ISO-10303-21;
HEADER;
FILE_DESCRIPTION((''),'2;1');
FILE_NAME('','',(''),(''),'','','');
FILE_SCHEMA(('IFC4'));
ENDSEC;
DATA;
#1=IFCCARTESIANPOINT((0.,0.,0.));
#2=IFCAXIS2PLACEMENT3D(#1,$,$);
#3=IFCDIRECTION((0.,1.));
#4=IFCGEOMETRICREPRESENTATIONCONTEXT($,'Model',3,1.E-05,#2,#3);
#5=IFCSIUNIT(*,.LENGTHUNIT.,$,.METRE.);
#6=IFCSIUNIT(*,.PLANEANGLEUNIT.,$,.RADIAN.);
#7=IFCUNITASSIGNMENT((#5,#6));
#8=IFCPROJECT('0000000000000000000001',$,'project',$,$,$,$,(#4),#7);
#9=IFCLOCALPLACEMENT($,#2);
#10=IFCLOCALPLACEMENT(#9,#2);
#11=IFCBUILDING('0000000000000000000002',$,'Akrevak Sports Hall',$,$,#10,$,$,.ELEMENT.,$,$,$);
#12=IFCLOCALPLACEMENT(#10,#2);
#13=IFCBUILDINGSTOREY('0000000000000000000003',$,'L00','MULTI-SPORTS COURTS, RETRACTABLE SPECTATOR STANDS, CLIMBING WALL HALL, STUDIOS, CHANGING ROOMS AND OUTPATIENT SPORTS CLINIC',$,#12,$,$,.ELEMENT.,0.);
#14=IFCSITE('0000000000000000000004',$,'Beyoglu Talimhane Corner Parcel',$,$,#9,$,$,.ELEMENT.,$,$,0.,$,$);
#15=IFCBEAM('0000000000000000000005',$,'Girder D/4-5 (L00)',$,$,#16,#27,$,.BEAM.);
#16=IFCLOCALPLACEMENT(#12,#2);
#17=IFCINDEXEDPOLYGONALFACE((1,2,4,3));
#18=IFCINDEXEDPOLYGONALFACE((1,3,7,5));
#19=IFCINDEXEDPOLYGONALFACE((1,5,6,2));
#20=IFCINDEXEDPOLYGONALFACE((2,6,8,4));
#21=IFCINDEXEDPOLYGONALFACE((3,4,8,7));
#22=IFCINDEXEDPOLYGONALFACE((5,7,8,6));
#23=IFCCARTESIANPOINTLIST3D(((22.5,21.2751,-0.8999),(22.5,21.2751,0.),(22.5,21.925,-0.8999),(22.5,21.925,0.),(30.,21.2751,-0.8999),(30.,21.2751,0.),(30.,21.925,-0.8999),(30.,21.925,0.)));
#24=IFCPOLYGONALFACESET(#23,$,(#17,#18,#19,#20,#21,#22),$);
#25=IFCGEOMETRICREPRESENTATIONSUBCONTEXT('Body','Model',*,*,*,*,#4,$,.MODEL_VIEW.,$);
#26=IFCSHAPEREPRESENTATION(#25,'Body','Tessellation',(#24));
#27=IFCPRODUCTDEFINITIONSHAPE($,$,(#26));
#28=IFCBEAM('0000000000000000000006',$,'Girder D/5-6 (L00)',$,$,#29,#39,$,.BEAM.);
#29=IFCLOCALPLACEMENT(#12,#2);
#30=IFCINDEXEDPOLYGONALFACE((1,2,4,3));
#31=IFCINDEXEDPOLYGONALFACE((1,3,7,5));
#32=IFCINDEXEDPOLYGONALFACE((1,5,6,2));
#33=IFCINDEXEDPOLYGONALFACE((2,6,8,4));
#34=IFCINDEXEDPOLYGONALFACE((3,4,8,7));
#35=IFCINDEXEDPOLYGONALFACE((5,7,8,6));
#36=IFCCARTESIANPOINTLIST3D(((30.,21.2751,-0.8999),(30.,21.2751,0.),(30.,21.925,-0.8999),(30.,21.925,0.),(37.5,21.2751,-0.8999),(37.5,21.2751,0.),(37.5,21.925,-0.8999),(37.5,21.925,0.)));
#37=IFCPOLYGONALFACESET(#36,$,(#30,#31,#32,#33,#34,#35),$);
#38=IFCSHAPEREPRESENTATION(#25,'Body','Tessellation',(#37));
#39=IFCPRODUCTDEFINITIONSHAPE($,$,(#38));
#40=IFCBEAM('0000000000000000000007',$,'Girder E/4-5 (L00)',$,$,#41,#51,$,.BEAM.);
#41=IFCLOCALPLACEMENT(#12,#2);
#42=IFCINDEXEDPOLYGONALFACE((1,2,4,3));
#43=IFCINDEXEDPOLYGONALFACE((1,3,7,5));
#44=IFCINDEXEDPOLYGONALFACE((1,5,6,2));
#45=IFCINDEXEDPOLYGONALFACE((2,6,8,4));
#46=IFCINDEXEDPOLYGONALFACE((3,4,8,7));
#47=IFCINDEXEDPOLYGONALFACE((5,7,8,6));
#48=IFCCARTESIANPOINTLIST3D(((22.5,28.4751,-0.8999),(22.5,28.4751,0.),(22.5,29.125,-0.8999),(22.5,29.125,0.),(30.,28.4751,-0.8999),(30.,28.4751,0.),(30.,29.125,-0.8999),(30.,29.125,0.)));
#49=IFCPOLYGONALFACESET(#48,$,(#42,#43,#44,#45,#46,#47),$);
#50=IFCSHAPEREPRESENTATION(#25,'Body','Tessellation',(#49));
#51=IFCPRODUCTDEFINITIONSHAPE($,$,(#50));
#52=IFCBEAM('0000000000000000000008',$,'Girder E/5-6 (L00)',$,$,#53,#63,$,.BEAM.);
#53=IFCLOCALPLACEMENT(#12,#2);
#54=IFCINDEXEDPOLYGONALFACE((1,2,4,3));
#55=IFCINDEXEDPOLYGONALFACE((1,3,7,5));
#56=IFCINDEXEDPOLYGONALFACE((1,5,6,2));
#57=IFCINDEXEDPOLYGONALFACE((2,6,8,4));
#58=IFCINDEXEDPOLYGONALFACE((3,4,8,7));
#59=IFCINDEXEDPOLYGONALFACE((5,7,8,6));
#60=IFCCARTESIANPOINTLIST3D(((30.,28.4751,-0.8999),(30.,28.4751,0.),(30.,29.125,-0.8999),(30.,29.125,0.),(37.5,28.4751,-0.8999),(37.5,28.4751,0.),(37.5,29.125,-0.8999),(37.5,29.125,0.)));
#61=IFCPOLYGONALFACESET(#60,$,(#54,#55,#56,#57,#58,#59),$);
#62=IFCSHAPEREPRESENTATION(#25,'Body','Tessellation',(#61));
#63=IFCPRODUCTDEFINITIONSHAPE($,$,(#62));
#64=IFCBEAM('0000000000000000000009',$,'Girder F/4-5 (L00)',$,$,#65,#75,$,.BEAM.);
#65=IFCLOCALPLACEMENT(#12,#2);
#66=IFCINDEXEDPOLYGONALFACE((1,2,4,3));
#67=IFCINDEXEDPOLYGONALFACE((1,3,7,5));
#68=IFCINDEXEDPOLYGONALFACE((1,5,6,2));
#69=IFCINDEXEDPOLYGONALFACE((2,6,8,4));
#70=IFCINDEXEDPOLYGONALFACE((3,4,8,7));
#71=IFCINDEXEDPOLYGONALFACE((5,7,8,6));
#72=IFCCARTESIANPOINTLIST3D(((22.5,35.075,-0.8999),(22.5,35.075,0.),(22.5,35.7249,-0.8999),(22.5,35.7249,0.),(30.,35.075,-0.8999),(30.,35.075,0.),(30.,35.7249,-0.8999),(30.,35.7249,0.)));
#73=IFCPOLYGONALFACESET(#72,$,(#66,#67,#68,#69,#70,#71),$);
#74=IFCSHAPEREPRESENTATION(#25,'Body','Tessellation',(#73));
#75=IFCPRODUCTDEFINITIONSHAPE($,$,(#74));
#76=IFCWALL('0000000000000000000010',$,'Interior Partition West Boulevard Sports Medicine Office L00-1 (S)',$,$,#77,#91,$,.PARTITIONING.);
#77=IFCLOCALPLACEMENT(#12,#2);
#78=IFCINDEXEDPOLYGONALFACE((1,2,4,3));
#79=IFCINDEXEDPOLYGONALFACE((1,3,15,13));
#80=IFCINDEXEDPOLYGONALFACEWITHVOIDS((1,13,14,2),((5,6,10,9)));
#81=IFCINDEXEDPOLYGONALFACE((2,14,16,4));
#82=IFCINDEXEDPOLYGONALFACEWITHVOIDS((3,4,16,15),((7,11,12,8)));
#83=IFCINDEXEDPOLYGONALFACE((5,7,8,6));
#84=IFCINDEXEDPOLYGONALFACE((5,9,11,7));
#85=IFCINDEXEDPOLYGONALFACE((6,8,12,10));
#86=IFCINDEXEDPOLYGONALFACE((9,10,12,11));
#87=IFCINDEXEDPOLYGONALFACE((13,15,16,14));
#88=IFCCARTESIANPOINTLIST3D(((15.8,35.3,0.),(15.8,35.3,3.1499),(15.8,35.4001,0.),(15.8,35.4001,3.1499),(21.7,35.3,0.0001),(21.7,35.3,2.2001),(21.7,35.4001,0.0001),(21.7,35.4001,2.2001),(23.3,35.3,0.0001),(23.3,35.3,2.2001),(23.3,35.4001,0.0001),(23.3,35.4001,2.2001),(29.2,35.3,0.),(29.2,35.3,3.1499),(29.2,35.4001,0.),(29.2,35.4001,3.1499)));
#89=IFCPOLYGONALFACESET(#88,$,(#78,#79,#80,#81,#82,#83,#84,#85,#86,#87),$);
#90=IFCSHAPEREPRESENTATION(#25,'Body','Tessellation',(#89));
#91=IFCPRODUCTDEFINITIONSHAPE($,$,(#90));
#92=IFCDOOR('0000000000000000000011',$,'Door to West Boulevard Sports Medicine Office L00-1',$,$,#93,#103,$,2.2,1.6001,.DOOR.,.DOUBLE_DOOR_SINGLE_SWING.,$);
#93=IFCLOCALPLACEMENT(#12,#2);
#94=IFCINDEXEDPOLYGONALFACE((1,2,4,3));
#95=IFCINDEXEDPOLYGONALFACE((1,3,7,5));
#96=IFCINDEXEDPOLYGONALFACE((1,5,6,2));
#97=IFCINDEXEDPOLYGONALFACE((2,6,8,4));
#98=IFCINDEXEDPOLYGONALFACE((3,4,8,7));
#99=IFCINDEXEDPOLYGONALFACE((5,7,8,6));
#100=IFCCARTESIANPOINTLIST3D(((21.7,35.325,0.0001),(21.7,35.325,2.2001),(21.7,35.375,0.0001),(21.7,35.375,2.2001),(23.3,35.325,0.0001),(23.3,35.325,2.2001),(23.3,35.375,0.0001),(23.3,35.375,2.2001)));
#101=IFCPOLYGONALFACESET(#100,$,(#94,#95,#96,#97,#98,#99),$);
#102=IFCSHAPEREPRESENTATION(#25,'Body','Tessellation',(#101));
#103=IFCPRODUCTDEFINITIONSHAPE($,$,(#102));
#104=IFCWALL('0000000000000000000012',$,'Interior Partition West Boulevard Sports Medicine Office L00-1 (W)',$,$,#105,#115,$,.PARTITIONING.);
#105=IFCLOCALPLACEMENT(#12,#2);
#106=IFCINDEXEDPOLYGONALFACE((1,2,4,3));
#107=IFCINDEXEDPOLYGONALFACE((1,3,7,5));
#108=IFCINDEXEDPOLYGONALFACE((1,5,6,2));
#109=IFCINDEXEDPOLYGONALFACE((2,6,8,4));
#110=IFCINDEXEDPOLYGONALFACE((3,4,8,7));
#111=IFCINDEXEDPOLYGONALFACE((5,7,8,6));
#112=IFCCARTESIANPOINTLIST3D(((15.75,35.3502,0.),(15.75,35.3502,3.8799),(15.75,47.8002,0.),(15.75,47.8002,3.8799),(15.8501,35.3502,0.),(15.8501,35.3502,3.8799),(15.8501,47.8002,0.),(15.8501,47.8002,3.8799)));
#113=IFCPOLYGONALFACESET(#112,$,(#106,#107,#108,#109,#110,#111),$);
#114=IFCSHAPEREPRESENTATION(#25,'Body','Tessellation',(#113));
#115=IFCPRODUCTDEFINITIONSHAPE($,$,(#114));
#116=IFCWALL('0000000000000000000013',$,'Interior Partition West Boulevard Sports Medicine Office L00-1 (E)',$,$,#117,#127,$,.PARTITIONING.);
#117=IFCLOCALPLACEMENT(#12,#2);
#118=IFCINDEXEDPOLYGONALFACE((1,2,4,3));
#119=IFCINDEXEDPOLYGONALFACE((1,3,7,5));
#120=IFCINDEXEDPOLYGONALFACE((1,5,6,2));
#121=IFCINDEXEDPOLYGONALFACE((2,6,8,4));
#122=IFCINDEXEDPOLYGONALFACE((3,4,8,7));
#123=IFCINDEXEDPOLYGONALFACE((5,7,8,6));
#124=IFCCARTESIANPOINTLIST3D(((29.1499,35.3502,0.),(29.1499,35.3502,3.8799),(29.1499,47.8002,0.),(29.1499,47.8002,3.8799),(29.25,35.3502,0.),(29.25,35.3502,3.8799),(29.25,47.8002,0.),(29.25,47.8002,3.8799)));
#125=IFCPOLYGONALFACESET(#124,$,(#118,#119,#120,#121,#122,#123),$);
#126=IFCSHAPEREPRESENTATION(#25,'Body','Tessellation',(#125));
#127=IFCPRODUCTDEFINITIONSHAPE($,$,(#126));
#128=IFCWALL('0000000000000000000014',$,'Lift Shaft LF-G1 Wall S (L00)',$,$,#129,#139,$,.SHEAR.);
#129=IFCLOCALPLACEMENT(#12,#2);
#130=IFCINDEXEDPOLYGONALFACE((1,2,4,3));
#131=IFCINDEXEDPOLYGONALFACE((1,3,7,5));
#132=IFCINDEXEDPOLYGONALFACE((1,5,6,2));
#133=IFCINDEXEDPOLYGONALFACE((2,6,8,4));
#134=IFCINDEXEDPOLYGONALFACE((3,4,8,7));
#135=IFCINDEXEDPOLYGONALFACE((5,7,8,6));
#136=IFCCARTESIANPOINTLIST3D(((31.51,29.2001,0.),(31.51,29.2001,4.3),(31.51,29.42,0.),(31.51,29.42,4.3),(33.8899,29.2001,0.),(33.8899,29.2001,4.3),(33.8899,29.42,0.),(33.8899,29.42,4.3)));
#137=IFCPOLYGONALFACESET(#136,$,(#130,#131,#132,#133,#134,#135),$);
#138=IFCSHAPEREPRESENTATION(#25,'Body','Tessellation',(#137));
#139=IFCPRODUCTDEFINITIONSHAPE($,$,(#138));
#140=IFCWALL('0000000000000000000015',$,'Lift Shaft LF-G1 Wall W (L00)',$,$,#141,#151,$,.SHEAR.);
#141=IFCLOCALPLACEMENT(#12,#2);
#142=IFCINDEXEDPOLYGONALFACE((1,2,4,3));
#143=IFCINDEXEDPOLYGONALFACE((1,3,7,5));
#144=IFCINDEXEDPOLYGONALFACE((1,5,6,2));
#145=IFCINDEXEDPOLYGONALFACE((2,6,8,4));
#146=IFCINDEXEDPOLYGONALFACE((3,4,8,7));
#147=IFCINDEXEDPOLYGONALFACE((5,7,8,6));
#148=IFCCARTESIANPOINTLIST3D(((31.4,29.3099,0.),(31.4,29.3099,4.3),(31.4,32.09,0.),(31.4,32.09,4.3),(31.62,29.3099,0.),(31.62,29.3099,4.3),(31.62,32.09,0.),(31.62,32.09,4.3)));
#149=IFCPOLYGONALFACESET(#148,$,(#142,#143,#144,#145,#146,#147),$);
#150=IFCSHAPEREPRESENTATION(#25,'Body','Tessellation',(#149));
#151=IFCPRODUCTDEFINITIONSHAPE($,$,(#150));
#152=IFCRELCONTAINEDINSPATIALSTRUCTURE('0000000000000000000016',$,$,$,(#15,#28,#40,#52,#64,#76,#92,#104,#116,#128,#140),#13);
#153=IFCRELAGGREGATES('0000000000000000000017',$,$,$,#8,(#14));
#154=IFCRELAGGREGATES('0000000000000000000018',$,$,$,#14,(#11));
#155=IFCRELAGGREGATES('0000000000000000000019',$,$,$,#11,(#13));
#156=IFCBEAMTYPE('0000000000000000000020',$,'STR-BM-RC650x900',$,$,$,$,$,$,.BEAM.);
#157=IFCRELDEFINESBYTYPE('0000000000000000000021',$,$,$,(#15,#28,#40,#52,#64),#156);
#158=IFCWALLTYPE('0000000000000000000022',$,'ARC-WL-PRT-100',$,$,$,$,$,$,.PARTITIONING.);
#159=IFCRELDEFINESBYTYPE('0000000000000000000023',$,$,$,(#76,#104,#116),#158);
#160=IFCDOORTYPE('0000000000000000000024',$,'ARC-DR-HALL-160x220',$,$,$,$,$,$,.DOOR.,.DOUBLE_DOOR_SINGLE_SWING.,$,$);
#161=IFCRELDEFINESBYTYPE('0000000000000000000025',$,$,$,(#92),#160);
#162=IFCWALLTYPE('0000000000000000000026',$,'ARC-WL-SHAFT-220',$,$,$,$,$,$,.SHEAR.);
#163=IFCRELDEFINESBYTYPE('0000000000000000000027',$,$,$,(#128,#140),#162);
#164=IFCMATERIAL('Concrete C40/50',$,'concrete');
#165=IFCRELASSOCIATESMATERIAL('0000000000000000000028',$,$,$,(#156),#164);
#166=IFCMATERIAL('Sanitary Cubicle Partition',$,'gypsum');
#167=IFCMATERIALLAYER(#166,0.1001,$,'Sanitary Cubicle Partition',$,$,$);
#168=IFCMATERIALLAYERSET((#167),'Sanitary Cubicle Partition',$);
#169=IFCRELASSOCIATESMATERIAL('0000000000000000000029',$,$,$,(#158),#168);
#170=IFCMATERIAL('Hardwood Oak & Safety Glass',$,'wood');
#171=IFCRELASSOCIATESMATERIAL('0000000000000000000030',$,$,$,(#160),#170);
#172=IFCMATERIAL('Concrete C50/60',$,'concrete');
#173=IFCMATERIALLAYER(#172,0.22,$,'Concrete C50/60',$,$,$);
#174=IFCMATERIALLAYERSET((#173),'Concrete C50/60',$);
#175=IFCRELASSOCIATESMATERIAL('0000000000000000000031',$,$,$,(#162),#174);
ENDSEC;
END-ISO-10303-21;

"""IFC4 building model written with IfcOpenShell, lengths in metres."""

from ifc_helpers import new_model, si_unit, direction, frame, frame_2d, origin, origin_2d, place, context, subcontext, project, spatial, rectangle, extrude, material, layer, layer_set, material_profile, profile_set, type_object, element, fill, save


model = new_model("IFC4")

# Units and contexts
model_context = context("Model", 3, precision=1e-05, world=origin(), true_north=direction((0.0, 1.0)))
body_context = subcontext(model_context, "Body", "Model", "MODEL_VIEW")
ifc_project = project(units=[si_unit("LENGTHUNIT", "METRE"), si_unit("PLANEANGLEUNIT", "RADIAN")], contexts=[model_context])

# Site, building, storey
site_placement = place(None, origin())
site = spatial("IfcSite", under=ifc_project, at=site_placement, Name="Beyoglu Talimhane Corner Parcel", CompositionType="ELEMENT", RefElevation=0.0)
building_placement = place(site_placement, origin())
building = spatial("IfcBuilding", under=site, at=building_placement, Name="Akrevak Sports Hall", CompositionType="ELEMENT")
storey_placement = place(building_placement, origin())
storey = spatial("IfcBuildingStorey", under=building, at=storey_placement, Name="L00", Description="MULTI-SPORTS COURTS, RETRACTABLE SPECTATOR STANDS, CLIMBING WALL HALL, STUDIOS, CHANGING ROOMS AND OUTPATIENT SPORTS CLINIC", CompositionType="ELEMENT", Elevation=0.0)

# Shared definitions
ifc_material_1 = material(Name="Concrete C50/60", Category="concrete")
ifc_material_2 = material(Name="Concrete C40/50", Category="concrete")

# Beams
ifc_material_profile_1 = material_profile(ifc_material_2, rectangle(XDim=0.6499, YDim=0.8999, at=origin_2d()), Name="BM 650x900", Category="concrete")
ifc_profile_set_1 = profile_set([ifc_material_profile_1], Name="Concrete C40/50")
beam_type_1 = type_object("IfcBeamType", Name="STR-BM-RC650x900", PredefinedType="BEAM", material=ifc_profile_set_1)
for number, where, z_axis, x_axis, name in (
    (1, (22.5, 21.6001, -0.45), (1.0, 0.0, 0.0), (0.0, 1.0, 0.0), "Girder D/4-5 (L00)"),
    (2, (30.0, 21.6001, -0.45), (1.0, 0.0, 0.0), (0.0, 1.0, 0.0), "Girder D/5-6 (L00)"),
    (3, (22.5, 28.8, -0.45), (1.0, 0.0, 0.0), (0.0, 1.0, 0.0), "Girder E/4-5 (L00)"),
    (4, (30.0, 28.8, -0.45), (1.0, 0.0, 0.0), (0.0, 1.0, 0.0), "Girder E/5-6 (L00)"),
    (5, (22.5, 35.3999, -0.45), (1.0, 0.0, 0.0), (0.0, 1.0, 0.0), "Girder F/4-5 (L00)"),
):
    element("IfcBeam", number, at=place(storey_placement, frame(where, z_axis=z_axis, x_axis=x_axis)), inside=storey, type_object=beam_type_1, Name=name, PredefinedType="BEAM", context=body_context, shape_type="SweptSolid", body=[
        extrude(rectangle(XDim=0.6499, YDim=0.8999, at=origin_2d()), origin(), (0.0, 0.0, 1.0), 7.5),
    ])

# Wall, opening, door
ifc_material_3 = material(Name="Sanitary Cubicle Partition", Category="gypsum")
ifc_layer_1 = layer(ifc_material_3, 0.1001, Name="Sanitary Cubicle Partition")
ifc_layer_set_1 = layer_set([ifc_layer_1], Name="Sanitary Cubicle Partition")
wall_type_1 = type_object("IfcWallType", Name="ARC-WL-PRT-100", PredefinedType="PARTITIONING", material=ifc_layer_set_1)
wall_1_placement = place(storey_placement, frame((15.8, 35.3501, 0.0), z_axis=(0.0, 0.0, 1.0), x_axis=(1.0, 0.0, 0.0)))
wall_1 = element("IfcWall", 6, at=wall_1_placement, inside=storey, type_object=wall_type_1, Name="Interior Partition West Boulevard Sports Medicine Office L00-1 (S)", PredefinedType="PARTITIONING", context=body_context, shape_type="SweptSolid", body=[
    extrude(rectangle(XDim=13.3999, YDim=0.1001, at=frame_2d((6.7, 0.0))), origin(), (0.0, 0.0, 1.0), 3.1499),
])
opening_placement = place(wall_1_placement, frame((5.8999, 0.0, 0.0)))
opening = element("IfcOpeningElement", 7, at=opening_placement, cuts=wall_1, PredefinedType="OPENING", context=body_context, shape_type="SweptSolid", body=[
    extrude(rectangle(XDim=1.6001, YDim=2.2, at=frame_2d((0.8, 1.1001))), frame((0.0, 0.062, 0.0), z_axis=(0.0, -1.0, 0.0), x_axis=(1.0, 0.0, 0.0)), (0.0, 0.0, 1.0), 0.124),
])
ifc_material_4 = material(Name="Hardwood Oak & Safety Glass", Category="wood")
door_type = type_object("IfcDoorType", Name="ARC-DR-HALL-160x220", OperationType="DOUBLE_DOOR_SINGLE_SWING", PredefinedType="DOOR", material=ifc_material_4)
door_placement = place(opening_placement, origin())
door = element("IfcDoor", 8, at=door_placement, inside=storey, type_object=door_type, Name="Door to West Boulevard Sports Medicine Office L00-1", OperationType="DOUBLE_DOOR_SINGLE_SWING", OverallHeight=2.2, OverallWidth=1.6001, PredefinedType="DOOR", context=body_context, shape_type="SweptSolid", body=[
    extrude(rectangle(XDim=1.6001, YDim=2.2, at=frame_2d((0.8, 1.1001))), frame((0.0, 0.0249, 0.0), z_axis=(0.0, -1.0, 0.0), x_axis=(1.0, 0.0, 0.0)), (0.0, 0.0, 1.0), 0.05),
])
fill(opening, door)

# Walls
for number, where, z_axis, x_axis, name in (
    (9, (15.8, 35.3501, 0.0), (0.0, 0.0, 1.0), (0.0, 1.0, 0.0), "Interior Partition West Boulevard Sports Medicine Office L00-1 (W)"),
    (10, (29.2, 35.3501, 0.0), (0.0, 0.0, 1.0), (0.0, 1.0, 0.0), "Interior Partition West Boulevard Sports Medicine Office L00-1 (E)"),
):
    element("IfcWall", number, at=place(storey_placement, frame(where, z_axis=z_axis, x_axis=x_axis)), inside=storey, type_object=wall_type_1, Name=name, PredefinedType="PARTITIONING", context=body_context, shape_type="SweptSolid", body=[
        extrude(rectangle(XDim=12.45, YDim=0.1001, at=frame_2d((6.2251, 0.0))), origin(), (0.0, 0.0, 1.0), 3.8799),
    ])
ifc_layer_2 = layer(ifc_material_1, 0.22, Name="Concrete C50/60")
ifc_layer_set_2 = layer_set([ifc_layer_2], Name="Concrete C50/60")
wall_type_2 = type_object("IfcWallType", Name="ARC-WL-SHAFT-220", PredefinedType="SHEAR", material=ifc_layer_set_2)
wall_2_placement = place(storey_placement, frame((31.51, 29.3101, 0.0), z_axis=(0.0, 0.0, 1.0), x_axis=(1.0, 0.0, 0.0)))
element("IfcWall", 11, at=wall_2_placement, inside=storey, type_object=wall_type_2, Name="Lift Shaft LF-G1 Wall S (L00)", PredefinedType="SHEAR", context=body_context, shape_type="SweptSolid", body=[
    extrude(rectangle(XDim=2.3799, YDim=0.22, at=frame_2d((1.1899, 0.0))), origin(), (0.0, 0.0, 1.0), 4.3),
])
wall_3_placement = place(storey_placement, frame((31.51, 32.0901, 0.0), z_axis=(0.0, 0.0, 1.0), x_axis=(0.0, -1.0, 0.0)))
element("IfcWall", 12, at=wall_3_placement, inside=storey, type_object=wall_type_2, Name="Lift Shaft LF-G1 Wall W (L00)", PredefinedType="SHEAR", context=body_context, shape_type="SweptSolid", body=[
    extrude(rectangle(XDim=2.78, YDim=0.22, at=frame_2d((1.3901, 0.0))), origin(), (0.0, 0.0, 1.0), 4.3),
])

save(model, "model.ifc")
